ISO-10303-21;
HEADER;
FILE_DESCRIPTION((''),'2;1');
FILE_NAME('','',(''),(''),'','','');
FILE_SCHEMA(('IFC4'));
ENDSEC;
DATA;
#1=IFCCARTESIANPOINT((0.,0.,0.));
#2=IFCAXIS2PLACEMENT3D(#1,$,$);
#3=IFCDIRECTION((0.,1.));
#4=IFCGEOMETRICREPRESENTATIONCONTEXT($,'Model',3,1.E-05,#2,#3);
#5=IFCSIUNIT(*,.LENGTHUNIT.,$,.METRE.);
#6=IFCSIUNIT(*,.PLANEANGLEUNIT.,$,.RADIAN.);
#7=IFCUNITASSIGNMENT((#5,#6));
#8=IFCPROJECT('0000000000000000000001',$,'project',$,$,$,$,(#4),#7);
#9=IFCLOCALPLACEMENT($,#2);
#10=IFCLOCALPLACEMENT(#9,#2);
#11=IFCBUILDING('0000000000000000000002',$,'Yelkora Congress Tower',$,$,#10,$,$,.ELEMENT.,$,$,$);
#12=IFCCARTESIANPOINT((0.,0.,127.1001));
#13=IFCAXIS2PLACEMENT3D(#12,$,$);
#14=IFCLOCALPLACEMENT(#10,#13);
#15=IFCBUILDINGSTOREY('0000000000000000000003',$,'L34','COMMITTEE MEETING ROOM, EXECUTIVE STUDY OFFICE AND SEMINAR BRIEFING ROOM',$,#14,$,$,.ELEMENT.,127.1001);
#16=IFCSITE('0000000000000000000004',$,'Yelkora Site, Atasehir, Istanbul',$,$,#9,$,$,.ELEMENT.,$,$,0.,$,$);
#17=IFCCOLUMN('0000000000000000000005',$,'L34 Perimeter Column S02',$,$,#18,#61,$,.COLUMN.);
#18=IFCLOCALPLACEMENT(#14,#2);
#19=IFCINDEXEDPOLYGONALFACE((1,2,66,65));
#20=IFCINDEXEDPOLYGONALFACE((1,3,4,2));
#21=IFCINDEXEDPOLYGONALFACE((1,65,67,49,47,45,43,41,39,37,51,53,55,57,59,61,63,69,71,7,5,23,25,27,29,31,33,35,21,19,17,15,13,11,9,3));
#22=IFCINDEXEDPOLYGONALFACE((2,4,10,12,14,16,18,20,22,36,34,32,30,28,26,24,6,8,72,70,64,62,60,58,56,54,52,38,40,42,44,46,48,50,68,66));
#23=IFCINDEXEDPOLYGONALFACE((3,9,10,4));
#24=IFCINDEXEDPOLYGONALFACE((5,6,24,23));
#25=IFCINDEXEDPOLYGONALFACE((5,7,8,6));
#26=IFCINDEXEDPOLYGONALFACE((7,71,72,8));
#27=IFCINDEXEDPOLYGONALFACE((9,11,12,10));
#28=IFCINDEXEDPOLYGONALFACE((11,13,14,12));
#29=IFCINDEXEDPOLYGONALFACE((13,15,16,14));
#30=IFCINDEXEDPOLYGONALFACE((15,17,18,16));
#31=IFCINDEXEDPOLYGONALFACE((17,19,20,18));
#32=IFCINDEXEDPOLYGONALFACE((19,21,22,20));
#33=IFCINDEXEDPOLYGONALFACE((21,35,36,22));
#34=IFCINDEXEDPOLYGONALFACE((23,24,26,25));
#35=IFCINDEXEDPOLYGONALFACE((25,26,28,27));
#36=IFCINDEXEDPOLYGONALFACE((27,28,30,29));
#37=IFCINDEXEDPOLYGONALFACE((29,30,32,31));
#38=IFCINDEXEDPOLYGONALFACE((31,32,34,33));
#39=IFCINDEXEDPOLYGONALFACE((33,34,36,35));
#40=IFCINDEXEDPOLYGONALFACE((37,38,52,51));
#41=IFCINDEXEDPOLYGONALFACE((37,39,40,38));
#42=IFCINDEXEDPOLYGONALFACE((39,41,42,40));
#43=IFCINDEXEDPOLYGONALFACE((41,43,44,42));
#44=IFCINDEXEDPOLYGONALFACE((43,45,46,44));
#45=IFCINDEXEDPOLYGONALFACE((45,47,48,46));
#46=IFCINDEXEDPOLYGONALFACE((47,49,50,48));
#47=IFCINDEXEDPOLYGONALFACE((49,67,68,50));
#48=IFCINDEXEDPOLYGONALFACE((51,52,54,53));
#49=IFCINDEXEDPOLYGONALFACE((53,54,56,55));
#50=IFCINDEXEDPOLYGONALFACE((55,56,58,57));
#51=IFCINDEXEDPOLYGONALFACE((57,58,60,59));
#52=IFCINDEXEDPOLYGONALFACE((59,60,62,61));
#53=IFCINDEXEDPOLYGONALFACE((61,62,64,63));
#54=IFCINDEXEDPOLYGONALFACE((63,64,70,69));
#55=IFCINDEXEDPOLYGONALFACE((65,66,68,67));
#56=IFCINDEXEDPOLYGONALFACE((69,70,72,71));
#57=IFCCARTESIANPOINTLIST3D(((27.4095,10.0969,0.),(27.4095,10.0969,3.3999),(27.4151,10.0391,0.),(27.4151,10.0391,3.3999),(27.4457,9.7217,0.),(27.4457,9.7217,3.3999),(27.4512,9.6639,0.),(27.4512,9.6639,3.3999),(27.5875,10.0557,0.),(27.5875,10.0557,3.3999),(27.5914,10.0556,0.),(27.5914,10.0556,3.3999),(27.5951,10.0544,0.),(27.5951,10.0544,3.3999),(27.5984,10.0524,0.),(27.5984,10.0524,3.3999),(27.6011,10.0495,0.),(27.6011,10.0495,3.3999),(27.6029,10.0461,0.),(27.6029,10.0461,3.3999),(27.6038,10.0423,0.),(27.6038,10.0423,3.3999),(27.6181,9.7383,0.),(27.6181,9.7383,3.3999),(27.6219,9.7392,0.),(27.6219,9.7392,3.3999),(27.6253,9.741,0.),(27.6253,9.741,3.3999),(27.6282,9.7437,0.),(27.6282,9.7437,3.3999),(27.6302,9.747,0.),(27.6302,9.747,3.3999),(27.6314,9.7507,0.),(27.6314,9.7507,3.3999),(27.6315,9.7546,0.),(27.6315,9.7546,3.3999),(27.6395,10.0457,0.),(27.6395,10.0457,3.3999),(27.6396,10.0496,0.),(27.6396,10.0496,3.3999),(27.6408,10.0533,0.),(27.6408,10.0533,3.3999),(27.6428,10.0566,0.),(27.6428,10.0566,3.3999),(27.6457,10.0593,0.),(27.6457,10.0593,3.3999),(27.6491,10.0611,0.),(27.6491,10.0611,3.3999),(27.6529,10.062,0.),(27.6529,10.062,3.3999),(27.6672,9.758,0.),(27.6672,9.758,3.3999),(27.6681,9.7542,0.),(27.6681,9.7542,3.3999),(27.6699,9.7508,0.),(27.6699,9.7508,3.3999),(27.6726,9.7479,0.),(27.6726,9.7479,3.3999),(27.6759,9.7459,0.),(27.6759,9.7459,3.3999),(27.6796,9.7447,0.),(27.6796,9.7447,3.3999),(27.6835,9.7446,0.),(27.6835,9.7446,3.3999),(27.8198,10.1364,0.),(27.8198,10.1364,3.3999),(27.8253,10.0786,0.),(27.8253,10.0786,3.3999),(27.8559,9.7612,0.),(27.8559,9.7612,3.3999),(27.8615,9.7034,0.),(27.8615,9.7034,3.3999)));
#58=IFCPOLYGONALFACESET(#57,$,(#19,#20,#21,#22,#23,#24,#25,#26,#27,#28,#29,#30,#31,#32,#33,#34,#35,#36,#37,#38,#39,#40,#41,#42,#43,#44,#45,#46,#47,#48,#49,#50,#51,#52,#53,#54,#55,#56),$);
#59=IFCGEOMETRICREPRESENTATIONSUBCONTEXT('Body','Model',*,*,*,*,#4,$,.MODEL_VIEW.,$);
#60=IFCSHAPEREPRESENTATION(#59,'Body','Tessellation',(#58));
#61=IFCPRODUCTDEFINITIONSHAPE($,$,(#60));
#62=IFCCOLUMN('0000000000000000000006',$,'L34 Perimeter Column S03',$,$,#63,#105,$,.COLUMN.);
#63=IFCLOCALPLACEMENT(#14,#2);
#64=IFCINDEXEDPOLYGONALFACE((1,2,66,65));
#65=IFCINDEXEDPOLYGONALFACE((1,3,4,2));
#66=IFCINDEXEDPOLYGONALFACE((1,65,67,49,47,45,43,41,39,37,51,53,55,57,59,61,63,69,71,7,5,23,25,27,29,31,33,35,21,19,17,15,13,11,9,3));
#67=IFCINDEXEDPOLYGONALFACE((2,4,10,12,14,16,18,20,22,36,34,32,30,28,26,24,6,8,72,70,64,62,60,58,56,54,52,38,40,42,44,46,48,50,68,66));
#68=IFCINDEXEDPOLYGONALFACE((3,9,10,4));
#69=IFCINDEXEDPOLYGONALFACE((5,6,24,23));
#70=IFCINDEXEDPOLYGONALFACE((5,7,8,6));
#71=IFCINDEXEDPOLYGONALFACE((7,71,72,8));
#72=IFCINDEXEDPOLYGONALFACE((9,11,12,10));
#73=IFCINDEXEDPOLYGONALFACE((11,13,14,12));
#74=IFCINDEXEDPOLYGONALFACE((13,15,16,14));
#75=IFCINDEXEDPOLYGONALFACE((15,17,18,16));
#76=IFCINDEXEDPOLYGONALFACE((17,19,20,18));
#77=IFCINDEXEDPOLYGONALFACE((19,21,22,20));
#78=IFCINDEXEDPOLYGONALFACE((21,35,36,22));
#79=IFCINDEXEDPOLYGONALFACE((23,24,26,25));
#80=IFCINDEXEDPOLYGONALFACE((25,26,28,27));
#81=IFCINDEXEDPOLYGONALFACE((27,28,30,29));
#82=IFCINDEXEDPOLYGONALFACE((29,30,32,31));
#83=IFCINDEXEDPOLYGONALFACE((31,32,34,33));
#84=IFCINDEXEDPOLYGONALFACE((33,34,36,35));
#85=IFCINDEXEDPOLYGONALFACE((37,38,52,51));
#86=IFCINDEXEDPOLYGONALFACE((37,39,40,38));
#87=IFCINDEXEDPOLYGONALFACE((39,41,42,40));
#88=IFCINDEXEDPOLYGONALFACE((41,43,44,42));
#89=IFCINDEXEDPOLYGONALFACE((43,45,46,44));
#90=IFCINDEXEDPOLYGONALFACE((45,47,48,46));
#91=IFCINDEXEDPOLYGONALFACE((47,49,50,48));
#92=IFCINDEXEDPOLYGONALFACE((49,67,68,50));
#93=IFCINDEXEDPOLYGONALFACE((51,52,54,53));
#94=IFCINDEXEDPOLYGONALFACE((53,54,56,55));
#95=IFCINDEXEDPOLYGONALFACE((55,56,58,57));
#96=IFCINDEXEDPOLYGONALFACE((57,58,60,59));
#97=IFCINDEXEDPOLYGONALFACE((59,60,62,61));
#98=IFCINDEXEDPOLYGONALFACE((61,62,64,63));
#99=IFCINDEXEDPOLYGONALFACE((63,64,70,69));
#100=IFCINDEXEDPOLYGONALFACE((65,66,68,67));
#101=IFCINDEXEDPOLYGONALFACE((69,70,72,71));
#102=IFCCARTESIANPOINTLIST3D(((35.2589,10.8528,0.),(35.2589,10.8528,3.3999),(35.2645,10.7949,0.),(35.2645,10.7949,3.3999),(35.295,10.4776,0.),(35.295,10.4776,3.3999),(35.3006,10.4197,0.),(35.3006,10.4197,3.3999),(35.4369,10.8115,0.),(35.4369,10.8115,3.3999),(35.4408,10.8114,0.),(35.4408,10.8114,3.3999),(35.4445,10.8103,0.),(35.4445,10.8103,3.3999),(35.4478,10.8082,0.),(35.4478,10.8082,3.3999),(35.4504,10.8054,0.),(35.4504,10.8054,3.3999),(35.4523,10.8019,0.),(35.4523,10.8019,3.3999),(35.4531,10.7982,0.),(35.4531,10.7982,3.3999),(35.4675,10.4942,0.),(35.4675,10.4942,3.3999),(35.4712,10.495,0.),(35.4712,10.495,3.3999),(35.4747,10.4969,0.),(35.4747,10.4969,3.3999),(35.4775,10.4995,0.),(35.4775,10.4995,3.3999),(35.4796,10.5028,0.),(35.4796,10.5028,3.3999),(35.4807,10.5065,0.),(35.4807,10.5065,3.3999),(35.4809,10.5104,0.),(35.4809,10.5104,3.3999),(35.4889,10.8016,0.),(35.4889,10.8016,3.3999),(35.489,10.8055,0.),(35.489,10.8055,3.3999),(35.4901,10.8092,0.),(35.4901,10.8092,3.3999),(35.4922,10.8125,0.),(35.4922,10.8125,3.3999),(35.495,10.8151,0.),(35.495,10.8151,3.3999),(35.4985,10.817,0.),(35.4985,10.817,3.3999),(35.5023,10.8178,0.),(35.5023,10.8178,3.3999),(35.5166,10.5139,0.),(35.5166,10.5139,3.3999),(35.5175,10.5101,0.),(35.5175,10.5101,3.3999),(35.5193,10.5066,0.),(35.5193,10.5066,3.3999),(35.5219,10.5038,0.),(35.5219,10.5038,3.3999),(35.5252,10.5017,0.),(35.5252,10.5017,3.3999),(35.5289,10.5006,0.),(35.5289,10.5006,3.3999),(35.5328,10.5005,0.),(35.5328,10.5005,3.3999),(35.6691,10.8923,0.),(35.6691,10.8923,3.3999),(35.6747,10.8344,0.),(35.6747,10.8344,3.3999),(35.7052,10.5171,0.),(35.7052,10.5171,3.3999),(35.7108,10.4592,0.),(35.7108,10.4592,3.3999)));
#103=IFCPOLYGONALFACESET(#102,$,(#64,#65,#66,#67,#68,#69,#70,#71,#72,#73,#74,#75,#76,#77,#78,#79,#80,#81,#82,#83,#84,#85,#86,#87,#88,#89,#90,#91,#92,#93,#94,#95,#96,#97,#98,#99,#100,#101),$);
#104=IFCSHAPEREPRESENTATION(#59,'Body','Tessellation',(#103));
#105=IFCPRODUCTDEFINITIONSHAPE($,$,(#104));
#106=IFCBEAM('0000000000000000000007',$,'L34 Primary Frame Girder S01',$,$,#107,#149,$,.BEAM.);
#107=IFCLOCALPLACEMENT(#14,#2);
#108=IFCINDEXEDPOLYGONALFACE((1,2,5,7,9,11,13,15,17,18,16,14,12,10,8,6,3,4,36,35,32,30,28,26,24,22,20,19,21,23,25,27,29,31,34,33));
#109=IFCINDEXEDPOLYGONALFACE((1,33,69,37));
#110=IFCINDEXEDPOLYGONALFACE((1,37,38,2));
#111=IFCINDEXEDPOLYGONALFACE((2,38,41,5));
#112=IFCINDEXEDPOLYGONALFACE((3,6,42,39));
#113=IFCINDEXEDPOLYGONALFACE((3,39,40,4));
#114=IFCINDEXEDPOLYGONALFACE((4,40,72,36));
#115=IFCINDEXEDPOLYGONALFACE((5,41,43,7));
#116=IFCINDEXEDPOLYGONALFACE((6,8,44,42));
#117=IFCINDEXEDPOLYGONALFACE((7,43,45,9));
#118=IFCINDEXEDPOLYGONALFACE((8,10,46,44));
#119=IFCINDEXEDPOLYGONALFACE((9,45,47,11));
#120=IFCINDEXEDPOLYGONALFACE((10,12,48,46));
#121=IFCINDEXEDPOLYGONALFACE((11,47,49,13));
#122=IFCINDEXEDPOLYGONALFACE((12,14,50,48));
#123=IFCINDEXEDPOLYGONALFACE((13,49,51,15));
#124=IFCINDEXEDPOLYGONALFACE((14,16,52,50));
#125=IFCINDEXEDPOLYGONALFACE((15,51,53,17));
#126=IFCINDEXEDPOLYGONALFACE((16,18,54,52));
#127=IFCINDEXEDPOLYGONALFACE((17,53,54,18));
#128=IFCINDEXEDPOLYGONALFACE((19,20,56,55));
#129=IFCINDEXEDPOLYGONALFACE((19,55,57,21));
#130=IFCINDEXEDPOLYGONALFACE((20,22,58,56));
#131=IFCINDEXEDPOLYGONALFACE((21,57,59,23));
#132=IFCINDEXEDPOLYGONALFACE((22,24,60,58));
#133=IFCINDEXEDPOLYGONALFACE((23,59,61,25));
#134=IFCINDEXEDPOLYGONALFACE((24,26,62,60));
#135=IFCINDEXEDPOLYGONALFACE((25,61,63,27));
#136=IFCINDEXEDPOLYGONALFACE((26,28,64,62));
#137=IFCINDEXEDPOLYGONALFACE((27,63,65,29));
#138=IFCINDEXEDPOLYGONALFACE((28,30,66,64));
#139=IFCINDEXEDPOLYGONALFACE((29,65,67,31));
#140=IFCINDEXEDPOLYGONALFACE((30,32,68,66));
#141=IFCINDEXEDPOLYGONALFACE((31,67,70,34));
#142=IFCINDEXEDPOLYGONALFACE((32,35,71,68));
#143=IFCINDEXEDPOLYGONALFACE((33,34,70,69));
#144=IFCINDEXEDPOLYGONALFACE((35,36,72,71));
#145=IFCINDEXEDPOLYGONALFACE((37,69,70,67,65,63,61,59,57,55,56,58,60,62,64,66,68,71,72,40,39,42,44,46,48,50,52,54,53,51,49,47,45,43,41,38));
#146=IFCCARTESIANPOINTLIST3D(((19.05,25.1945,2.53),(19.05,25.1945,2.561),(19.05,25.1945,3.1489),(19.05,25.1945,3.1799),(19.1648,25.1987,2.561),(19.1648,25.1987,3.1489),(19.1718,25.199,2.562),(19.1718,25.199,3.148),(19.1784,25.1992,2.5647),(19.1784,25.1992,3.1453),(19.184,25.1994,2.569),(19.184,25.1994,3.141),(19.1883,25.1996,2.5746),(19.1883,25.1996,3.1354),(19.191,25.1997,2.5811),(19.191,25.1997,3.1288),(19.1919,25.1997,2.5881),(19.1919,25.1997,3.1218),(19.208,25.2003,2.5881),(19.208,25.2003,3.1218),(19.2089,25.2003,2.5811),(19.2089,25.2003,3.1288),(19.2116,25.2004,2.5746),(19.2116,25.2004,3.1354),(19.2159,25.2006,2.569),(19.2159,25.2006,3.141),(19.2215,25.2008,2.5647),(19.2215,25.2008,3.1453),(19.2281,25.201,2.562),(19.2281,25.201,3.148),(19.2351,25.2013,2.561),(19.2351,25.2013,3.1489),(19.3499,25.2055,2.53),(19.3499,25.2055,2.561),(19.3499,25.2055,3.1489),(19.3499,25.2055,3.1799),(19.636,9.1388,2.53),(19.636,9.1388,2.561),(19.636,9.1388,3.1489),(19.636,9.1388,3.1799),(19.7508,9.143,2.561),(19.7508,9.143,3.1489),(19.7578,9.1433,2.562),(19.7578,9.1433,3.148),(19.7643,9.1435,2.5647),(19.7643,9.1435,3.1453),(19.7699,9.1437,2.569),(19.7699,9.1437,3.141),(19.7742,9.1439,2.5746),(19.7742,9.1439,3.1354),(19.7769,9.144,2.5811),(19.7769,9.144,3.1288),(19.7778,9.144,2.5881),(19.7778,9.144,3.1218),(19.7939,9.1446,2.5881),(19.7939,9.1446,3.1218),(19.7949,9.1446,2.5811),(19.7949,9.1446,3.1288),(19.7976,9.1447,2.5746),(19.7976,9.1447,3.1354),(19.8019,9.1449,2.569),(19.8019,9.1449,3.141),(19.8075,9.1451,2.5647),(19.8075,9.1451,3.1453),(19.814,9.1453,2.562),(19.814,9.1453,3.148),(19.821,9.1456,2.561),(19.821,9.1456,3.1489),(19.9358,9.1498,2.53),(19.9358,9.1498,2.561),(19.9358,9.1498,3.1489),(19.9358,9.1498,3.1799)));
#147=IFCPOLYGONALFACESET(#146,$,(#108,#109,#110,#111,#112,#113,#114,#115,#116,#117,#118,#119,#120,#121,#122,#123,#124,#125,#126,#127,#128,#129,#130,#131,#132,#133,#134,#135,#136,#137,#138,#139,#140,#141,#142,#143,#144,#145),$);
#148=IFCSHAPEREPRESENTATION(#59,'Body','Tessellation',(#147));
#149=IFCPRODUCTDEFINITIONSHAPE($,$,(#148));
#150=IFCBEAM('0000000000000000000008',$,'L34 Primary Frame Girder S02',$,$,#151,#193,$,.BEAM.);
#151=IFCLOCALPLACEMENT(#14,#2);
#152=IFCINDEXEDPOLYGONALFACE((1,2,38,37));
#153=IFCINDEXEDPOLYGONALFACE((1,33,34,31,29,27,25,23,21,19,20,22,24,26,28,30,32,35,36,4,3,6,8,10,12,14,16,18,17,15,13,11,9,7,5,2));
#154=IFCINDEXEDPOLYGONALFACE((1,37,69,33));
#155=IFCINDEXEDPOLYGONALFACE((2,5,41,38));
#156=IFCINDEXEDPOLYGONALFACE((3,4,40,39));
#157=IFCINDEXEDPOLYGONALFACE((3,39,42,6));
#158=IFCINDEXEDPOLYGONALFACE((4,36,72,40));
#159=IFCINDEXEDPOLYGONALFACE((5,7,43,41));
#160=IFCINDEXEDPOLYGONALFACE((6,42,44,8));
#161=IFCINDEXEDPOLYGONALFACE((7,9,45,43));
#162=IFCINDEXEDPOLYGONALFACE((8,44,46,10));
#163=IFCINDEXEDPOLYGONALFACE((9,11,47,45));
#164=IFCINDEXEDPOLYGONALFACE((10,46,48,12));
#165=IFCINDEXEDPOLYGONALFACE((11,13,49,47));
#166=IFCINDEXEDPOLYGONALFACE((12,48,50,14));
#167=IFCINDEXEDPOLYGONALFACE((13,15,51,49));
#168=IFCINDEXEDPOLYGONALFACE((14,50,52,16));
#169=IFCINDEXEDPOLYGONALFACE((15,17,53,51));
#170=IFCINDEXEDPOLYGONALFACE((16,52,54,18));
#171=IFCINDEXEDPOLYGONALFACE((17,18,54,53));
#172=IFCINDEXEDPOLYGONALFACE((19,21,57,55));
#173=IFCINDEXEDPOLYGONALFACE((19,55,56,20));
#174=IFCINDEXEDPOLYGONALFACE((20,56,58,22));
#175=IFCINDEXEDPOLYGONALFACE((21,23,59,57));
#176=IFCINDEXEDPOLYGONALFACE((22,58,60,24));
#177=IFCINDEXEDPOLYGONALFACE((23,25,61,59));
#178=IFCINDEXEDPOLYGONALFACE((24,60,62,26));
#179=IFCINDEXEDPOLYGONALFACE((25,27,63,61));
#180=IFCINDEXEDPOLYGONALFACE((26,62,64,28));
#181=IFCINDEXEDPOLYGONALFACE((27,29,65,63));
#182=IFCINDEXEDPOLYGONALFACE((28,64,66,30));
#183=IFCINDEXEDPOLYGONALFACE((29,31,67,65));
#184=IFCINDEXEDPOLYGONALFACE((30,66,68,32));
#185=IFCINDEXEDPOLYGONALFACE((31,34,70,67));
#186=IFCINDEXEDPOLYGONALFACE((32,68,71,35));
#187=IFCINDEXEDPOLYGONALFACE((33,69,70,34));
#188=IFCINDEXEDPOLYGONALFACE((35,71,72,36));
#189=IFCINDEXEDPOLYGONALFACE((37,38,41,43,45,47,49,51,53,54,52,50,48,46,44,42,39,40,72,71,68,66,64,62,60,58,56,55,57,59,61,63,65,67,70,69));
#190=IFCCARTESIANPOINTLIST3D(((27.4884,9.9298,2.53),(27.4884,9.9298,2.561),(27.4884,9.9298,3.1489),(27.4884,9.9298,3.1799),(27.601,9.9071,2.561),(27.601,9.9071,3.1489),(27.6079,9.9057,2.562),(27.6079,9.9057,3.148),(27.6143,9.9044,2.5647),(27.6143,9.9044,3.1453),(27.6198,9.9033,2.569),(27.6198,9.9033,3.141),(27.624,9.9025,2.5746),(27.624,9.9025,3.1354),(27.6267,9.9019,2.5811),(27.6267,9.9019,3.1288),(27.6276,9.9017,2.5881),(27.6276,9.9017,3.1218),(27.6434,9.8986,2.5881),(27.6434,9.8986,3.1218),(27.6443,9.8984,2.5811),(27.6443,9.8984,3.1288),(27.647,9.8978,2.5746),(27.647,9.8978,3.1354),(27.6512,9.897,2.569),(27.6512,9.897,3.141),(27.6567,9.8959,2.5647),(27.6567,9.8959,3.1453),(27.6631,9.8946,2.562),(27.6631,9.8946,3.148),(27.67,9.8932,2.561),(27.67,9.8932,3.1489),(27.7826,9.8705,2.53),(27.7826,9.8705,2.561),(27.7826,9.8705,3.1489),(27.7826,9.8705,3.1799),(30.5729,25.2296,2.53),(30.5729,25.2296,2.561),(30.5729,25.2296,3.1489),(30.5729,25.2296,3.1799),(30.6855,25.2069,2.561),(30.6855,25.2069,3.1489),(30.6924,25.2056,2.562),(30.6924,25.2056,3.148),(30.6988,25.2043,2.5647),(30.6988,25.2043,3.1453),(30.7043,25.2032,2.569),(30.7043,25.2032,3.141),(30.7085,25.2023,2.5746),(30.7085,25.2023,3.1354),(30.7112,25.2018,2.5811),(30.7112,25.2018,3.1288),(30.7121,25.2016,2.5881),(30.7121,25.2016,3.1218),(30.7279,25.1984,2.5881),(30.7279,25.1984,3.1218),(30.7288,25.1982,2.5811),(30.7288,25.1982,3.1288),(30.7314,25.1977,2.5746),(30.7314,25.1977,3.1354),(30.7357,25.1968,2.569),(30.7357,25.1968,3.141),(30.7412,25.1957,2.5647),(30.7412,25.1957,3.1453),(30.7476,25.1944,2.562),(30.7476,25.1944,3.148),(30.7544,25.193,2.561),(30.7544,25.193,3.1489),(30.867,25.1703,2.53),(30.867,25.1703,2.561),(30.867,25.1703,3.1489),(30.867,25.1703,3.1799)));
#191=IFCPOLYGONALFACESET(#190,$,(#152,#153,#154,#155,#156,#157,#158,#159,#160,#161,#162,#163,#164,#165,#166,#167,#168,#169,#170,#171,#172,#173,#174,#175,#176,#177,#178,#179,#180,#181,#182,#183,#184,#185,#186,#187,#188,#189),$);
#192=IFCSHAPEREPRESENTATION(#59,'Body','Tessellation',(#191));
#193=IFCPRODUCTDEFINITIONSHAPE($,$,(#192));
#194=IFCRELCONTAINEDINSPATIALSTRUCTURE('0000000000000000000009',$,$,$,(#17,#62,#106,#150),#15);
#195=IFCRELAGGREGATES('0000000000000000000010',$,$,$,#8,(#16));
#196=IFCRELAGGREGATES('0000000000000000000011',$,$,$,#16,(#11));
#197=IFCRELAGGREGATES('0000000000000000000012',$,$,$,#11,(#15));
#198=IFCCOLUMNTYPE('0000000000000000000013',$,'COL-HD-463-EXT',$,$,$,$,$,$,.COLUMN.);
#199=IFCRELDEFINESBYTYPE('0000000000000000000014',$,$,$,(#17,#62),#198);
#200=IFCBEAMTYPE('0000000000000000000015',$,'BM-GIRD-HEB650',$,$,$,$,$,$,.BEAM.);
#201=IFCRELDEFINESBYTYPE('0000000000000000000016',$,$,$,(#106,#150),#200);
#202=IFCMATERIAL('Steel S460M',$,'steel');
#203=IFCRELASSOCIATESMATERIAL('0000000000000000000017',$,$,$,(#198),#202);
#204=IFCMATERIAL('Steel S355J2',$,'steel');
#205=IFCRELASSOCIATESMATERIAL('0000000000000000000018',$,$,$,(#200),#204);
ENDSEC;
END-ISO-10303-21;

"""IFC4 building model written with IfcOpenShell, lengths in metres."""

from ifc_helpers import new_model, si_unit, direction, frame, origin, origin_2d, place, context, subcontext, project, spatial, i_section, extrude, material, material_profile, profile_set, type_object, element, save


model = new_model("IFC4")

# Units and contexts
model_context = context("Model", 3, precision=1e-05, world=origin(), true_north=direction((0.0, 1.0)))
body_context = subcontext(model_context, "Body", "Model", "MODEL_VIEW")
ifc_project = project(units=[si_unit("LENGTHUNIT", "METRE"), si_unit("PLANEANGLEUNIT", "RADIAN")], contexts=[model_context])

# Site, building, storey
site_placement = place(None, origin())
site = spatial("IfcSite", under=ifc_project, at=site_placement, Name="Yelkora Site, Atasehir, Istanbul", CompositionType="ELEMENT", RefElevation=0.0)
building_placement = place(site_placement, origin())
building = spatial("IfcBuilding", under=site, at=building_placement, Name="Yelkora Congress Tower", CompositionType="ELEMENT")
storey_placement = place(building_placement, frame((0.0, 0.0, 127.1001)))
storey = spatial("IfcBuildingStorey", under=building, at=storey_placement, Name="L34", Description="COMMITTEE MEETING ROOM, EXECUTIVE STUDY OFFICE AND SEMINAR BRIEFING ROOM", CompositionType="ELEMENT", Elevation=127.1001)

# Columns
ifc_material_1 = material(Name="Steel S460M", Category="steel")
ifc_material_profile_1 = material_profile(ifc_material_1, i_section(OverallWidth=0.4121, OverallDepth=0.4351, WebThickness=0.0359, FlangeThickness=0.0581, FilletRadius=0.0149, at=origin_2d()), Name="HD 400x463")
ifc_profile_set_1 = profile_set([ifc_material_profile_1], Name="Steel S460M")
column_type = type_object("IfcColumnType", Name="COL-HD-463-EXT", PredefinedType="COLUMN", material=ifc_profile_set_1)
for number, where, z_axis, x_axis, name in (
    (1, (27.6355, 9.9001, 0.0), (0.0, 0.0, 1.0), (0.995396, 0.095846, 0.0), "L34 Perimeter Column S02"),
    (2, (35.4849, 10.656, 0.0), (0.0, 0.0, 1.0), (0.995396, 0.095846, 0.0), "L34 Perimeter Column S03"),
):
    element("IfcColumn", number, at=place(storey_placement, frame(where, z_axis=z_axis, x_axis=x_axis)), inside=storey, type_object=column_type, Name=name, PredefinedType="COLUMN", context=body_context, shape_type="SweptSolid", body=[
        extrude(i_section(OverallWidth=0.4121, OverallDepth=0.4351, WebThickness=0.0359, FlangeThickness=0.0581, FilletRadius=0.0149, at=origin_2d()), origin(), (0.0, 0.0, 1.0), 3.3999),
    ])

# Beams
ifc_material_2 = material(Name="Steel S355J2", Category="steel")
ifc_material_profile_2 = material_profile(ifc_material_2, i_section(OverallWidth=0.3, OverallDepth=0.6499, WebThickness=0.0161, FlangeThickness=0.031, FilletRadius=0.0271, at=origin_2d()), Name="HEB 650")
ifc_profile_set_2 = profile_set([ifc_material_profile_2], Name="Steel S355J2")
beam_type_1 = type_object("IfcBeamType", Name="BM-GIRD-HEB650", PredefinedType="BEAM", material=ifc_profile_set_2)
beam_1_placement = place(storey_placement, frame((19.7859, 9.1443, 2.855), z_axis=(-0.03647, 0.999335, 0.0), x_axis=(-0.999335, -0.03647, 0.0)))
element("IfcBeam", 3, at=beam_1_placement, inside=storey, type_object=beam_type_1, Name="L34 Primary Frame Girder S01", PredefinedType="BEAM", context=body_context, shape_type="SweptSolid", body=[
    extrude(i_section(OverallWidth=0.3, OverallDepth=0.6499, WebThickness=0.0161, FlangeThickness=0.031, FilletRadius=0.0271, at=origin_2d()), origin(), (0.0, 0.0, 1.0), 16.0664),
])
beam_2_placement = place(storey_placement, frame((27.6355, 9.9001, 2.855), z_axis=(0.197626, 0.980277, 0.0), x_axis=(-0.980277, 0.197626, 0.0)))
element("IfcBeam", 4, at=beam_2_placement, inside=storey, type_object=beam_type_1, Name="L34 Primary Frame Girder S02", PredefinedType="BEAM", context=body_context, shape_type="SweptSolid", body=[
    extrude(i_section(OverallWidth=0.3, OverallDepth=0.6499, WebThickness=0.0161, FlangeThickness=0.031, FilletRadius=0.0271, at=origin_2d()), origin(), (0.0, 0.0, 1.0), 15.6077),
])

save(model, "model.ifc")
